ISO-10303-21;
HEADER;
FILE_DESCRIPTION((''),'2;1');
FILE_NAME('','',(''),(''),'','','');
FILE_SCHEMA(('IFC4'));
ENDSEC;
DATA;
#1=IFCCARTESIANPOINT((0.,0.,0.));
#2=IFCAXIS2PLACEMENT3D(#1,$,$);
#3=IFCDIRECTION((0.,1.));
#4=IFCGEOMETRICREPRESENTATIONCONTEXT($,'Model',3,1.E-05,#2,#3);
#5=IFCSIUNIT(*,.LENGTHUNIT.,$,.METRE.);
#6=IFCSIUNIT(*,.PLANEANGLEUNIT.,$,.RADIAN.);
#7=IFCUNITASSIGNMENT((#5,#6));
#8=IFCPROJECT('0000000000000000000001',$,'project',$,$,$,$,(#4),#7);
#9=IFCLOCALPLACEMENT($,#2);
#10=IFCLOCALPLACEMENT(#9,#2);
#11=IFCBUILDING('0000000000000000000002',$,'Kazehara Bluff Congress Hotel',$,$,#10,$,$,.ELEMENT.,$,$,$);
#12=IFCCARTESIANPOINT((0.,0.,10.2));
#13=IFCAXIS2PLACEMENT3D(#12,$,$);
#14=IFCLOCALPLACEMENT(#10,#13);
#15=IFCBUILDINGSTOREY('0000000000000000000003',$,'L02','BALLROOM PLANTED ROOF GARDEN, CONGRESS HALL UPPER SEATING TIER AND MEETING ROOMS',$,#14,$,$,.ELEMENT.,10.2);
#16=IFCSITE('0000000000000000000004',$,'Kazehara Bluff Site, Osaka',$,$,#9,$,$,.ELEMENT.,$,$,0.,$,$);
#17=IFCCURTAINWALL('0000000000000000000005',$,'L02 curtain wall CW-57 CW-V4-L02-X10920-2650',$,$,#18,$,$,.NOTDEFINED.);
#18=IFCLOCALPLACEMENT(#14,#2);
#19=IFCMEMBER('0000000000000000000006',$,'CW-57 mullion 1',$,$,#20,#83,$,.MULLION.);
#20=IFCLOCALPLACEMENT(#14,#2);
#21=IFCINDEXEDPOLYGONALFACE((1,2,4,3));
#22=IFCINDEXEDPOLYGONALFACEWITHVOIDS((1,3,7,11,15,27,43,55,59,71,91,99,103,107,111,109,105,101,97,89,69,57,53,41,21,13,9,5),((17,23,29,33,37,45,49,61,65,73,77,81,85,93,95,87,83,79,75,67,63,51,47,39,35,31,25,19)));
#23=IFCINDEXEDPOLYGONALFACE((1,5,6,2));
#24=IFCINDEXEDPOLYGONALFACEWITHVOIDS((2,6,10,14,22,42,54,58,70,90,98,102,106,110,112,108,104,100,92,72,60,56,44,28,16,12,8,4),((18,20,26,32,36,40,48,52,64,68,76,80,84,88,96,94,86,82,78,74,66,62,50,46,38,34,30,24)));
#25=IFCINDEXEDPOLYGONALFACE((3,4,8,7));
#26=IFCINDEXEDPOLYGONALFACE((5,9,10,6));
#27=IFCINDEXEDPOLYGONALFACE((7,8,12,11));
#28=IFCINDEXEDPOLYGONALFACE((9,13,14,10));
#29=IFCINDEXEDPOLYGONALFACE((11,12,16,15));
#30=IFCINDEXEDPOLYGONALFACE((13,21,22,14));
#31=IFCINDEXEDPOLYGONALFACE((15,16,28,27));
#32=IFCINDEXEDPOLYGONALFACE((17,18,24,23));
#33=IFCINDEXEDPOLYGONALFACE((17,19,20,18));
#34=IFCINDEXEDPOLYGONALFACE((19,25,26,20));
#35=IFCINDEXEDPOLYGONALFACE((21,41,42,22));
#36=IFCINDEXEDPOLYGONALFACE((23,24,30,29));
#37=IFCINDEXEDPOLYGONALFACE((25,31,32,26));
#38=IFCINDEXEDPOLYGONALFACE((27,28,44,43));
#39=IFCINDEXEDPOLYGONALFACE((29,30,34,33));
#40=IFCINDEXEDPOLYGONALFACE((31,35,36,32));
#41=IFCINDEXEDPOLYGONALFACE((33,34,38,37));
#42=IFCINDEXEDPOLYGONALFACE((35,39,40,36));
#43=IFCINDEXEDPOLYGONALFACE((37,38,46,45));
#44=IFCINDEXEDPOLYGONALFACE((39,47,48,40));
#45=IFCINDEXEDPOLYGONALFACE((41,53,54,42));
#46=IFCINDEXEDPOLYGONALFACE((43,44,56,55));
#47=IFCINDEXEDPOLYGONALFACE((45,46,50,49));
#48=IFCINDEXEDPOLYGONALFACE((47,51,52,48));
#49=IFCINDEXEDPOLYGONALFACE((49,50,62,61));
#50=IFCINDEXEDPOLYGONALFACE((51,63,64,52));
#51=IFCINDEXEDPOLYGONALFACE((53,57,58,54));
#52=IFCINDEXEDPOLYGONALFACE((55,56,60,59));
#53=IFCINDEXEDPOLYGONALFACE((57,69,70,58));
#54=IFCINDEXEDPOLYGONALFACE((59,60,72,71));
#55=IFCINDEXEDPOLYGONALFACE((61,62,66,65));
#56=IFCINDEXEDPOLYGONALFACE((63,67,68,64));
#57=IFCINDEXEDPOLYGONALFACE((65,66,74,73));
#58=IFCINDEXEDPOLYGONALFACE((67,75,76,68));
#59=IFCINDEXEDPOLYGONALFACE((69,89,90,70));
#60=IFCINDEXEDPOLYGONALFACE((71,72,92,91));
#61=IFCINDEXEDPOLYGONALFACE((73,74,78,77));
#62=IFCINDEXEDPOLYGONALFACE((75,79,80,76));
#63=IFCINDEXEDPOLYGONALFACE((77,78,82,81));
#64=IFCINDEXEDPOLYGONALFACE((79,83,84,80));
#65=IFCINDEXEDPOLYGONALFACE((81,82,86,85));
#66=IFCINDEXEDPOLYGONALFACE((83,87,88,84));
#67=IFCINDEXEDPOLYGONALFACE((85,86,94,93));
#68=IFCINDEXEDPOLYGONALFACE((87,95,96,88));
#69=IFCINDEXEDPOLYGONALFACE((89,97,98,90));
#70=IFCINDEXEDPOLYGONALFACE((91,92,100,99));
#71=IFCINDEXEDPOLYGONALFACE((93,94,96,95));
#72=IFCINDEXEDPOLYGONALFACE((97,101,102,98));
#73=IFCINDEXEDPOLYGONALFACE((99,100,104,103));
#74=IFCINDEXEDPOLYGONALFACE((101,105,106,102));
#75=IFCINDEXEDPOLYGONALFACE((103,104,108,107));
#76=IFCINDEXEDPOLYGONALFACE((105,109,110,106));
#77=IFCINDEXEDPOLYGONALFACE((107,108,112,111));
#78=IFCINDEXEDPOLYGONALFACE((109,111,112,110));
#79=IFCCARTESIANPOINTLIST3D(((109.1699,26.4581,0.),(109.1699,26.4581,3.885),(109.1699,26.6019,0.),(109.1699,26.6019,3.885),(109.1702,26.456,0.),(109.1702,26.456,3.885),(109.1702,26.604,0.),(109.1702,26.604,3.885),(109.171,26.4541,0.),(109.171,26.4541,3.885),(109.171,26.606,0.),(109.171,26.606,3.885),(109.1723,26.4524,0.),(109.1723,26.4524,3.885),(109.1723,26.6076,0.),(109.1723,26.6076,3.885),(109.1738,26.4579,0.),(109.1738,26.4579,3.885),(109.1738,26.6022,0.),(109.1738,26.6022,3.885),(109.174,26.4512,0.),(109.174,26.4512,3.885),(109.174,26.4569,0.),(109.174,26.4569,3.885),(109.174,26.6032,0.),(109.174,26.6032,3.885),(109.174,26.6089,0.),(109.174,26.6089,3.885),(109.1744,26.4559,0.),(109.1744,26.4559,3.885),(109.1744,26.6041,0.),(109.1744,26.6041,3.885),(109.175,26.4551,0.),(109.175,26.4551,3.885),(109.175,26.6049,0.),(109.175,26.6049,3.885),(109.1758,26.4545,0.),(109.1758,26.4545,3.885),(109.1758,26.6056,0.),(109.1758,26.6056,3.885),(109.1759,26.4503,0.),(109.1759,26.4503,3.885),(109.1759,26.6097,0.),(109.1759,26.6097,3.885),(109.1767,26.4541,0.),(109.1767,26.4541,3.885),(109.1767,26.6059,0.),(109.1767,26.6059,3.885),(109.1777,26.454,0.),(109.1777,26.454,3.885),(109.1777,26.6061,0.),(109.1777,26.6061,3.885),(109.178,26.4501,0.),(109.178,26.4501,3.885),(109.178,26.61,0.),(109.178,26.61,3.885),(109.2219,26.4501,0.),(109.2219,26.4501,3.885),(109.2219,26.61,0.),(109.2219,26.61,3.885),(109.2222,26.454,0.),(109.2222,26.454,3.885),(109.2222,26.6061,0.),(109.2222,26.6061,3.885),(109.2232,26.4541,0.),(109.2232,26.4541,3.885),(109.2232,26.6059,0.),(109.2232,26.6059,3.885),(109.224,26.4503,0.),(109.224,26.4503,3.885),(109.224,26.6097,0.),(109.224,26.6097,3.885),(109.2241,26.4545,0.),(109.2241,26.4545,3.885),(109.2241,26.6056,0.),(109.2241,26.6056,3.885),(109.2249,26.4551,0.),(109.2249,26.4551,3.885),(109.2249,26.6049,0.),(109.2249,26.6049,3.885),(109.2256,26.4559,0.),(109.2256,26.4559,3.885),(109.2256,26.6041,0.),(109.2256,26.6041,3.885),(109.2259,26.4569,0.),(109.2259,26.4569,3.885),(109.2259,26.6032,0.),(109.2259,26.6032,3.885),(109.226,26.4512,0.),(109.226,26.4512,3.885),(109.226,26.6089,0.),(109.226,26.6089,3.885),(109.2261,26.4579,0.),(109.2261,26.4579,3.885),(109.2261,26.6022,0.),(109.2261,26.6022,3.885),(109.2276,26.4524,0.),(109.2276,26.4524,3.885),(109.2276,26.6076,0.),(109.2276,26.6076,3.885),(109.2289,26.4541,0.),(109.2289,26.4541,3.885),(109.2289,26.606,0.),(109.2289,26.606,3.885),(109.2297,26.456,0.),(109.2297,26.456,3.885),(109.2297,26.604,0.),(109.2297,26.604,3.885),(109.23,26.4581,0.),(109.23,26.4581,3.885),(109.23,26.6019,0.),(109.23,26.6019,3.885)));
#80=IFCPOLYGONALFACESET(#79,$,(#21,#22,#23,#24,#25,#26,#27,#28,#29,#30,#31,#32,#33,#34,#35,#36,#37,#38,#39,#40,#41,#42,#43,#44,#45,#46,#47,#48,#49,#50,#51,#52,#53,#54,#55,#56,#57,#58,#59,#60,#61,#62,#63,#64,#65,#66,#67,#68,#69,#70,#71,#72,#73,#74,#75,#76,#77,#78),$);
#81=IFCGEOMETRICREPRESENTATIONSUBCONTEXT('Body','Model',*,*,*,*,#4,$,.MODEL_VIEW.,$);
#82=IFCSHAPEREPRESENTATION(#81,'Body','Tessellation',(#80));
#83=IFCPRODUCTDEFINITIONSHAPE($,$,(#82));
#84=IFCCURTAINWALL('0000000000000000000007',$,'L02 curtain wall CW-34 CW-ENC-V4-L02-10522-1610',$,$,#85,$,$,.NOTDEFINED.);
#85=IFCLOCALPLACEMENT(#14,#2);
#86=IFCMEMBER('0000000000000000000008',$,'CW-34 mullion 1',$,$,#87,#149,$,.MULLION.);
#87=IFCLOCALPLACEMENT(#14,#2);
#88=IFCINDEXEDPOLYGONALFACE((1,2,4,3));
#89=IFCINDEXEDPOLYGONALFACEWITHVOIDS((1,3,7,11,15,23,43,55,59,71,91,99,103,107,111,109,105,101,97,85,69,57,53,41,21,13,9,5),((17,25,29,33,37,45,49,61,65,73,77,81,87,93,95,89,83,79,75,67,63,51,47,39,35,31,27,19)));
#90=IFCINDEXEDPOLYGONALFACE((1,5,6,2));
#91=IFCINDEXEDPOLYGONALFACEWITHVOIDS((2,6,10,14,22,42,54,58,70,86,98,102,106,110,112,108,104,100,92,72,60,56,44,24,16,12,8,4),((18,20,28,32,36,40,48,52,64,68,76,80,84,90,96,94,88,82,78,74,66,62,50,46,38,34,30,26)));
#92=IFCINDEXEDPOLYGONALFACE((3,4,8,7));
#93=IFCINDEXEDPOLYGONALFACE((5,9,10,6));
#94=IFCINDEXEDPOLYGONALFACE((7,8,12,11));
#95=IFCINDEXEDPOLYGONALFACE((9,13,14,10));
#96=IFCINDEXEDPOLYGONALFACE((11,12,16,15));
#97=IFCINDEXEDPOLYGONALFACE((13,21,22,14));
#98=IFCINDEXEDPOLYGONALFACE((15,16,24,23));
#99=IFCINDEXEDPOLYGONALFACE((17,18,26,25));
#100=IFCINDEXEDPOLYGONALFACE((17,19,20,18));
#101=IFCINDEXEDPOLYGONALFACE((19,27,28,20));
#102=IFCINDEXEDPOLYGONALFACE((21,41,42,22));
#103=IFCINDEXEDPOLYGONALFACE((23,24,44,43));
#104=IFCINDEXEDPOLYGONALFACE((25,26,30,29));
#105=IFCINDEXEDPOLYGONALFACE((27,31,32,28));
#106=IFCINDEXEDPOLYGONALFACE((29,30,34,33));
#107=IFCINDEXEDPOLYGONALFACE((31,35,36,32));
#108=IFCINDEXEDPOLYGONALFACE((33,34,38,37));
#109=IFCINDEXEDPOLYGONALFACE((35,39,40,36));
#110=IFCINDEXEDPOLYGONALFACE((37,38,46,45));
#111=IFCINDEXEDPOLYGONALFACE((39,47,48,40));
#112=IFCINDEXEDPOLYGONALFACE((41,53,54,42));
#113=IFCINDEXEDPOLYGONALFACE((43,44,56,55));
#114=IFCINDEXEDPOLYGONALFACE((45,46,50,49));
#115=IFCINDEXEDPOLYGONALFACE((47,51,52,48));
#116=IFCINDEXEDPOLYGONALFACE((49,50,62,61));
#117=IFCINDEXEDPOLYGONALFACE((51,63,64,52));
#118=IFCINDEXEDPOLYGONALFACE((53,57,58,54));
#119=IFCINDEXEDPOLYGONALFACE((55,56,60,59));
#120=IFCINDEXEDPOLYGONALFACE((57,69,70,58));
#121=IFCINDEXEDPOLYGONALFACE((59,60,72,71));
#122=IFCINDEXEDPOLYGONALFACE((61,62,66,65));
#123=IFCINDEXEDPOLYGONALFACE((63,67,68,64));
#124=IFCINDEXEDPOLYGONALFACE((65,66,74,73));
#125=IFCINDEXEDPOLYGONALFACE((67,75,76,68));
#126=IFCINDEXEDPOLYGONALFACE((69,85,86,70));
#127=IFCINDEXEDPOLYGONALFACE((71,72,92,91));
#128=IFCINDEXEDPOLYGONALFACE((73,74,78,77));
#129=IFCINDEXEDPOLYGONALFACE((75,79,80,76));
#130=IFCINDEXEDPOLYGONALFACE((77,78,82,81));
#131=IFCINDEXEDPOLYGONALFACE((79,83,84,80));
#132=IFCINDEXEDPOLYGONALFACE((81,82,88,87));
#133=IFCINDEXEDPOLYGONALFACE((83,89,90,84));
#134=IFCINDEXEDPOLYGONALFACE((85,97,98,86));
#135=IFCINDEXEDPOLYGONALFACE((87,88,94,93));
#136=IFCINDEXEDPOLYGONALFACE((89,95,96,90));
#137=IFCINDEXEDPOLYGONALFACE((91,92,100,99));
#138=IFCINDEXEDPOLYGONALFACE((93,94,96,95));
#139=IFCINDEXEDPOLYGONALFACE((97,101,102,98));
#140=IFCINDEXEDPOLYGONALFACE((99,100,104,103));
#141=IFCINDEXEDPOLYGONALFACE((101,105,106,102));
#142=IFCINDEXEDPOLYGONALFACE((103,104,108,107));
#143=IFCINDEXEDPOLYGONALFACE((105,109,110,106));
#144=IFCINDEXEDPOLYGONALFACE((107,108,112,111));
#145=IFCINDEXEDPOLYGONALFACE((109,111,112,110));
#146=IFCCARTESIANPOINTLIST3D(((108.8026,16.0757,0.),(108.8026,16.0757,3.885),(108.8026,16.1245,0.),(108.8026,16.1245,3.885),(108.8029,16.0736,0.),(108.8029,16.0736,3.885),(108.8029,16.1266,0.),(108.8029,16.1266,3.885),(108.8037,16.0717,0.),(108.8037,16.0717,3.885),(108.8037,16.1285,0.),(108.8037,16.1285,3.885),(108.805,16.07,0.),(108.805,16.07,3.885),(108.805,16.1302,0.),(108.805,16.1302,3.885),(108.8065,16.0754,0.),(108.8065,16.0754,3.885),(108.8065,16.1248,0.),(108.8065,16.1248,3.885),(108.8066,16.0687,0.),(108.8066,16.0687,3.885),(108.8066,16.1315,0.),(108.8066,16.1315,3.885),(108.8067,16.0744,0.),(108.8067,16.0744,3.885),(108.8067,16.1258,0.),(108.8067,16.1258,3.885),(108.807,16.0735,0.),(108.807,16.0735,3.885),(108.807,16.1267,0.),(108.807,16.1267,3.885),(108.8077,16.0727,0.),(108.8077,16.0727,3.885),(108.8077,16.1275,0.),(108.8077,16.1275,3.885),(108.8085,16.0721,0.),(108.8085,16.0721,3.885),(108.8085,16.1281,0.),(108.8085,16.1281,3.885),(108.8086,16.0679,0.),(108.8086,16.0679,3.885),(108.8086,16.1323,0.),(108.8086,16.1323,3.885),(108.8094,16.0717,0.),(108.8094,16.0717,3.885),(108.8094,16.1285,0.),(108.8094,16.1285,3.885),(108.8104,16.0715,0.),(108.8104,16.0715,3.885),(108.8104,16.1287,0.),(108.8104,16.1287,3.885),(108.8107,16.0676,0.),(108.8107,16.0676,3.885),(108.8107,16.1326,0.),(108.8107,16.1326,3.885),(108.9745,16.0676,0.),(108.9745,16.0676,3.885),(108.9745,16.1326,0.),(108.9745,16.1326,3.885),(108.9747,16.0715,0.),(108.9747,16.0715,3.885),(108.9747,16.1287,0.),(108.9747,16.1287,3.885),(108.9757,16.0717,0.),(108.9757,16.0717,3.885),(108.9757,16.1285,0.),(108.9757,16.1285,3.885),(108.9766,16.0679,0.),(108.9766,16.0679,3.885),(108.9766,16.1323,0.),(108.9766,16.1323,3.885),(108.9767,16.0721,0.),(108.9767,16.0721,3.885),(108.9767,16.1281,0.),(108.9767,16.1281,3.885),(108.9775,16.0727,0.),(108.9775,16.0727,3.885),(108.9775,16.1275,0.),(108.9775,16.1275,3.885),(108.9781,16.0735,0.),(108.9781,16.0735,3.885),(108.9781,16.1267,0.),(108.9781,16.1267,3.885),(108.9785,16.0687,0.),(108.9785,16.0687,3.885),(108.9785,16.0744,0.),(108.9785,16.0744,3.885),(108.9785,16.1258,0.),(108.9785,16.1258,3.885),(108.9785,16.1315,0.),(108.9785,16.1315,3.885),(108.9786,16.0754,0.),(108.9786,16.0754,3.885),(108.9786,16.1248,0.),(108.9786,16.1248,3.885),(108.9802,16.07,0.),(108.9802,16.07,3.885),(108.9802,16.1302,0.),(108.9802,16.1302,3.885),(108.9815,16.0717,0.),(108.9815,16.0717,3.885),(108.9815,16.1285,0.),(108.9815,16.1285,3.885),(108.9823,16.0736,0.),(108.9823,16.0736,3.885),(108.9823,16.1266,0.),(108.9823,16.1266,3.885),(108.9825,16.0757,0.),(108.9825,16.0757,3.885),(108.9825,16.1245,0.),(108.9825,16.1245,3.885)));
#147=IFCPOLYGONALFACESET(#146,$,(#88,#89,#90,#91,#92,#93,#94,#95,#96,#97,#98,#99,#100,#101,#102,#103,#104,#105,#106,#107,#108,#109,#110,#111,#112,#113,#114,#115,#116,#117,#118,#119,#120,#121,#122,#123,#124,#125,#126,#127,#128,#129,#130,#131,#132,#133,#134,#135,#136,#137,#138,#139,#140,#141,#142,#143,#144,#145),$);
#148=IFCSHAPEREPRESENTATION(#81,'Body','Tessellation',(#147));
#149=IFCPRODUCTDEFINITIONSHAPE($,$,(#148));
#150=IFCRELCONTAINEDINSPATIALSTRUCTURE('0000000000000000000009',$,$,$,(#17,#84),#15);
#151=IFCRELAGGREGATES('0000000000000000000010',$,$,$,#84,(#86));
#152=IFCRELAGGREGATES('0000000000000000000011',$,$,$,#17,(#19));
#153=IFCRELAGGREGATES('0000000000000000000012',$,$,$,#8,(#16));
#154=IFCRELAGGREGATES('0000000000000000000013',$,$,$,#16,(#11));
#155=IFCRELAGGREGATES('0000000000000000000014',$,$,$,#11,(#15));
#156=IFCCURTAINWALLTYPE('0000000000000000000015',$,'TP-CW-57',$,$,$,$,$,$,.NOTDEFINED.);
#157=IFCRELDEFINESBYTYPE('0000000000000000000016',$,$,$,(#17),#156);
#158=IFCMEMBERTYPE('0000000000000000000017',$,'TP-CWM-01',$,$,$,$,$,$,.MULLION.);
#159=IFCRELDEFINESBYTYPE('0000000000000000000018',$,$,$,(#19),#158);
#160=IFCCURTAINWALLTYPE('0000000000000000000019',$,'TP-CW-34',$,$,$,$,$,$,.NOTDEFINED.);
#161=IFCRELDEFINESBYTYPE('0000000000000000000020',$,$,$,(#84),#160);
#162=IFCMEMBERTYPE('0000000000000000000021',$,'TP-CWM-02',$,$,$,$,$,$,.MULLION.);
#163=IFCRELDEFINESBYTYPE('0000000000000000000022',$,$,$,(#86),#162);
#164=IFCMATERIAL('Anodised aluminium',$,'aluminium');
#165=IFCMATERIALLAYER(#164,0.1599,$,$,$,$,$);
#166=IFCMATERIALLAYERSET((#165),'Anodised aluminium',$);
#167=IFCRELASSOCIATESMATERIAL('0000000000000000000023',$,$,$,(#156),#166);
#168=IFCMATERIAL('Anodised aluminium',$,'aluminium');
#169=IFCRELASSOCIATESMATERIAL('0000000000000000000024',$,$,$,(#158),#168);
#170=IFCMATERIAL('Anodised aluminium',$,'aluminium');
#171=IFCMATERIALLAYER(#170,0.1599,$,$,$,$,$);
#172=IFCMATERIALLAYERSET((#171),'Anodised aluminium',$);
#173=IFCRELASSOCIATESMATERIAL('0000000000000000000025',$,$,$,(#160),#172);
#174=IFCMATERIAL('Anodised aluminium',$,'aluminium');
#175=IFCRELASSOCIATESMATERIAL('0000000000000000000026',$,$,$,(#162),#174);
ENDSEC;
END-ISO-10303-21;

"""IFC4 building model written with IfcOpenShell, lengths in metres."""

from ifc_helpers import new_model, si_unit, direction, frame, origin, origin_2d, place, context, subcontext, project, spatial, hollow_rectangle, extrude, material, layer, layer_set, material_profile, profile_set, type_object, element, aggregate, save


model = new_model("IFC4")

# Units and contexts
model_context = context("Model", 3, precision=1e-05, world=origin(), true_north=direction((0.0, 1.0)))
body_context = subcontext(model_context, "Body", "Model", "MODEL_VIEW")
ifc_project = project(units=[si_unit("LENGTHUNIT", "METRE"), si_unit("PLANEANGLEUNIT", "RADIAN")], contexts=[model_context])

# Site, building, storey
site_placement = place(None, origin())
site = spatial("IfcSite", under=ifc_project, at=site_placement, Name="Kazehara Bluff Site, Osaka", CompositionType="ELEMENT", RefElevation=0.0)
building_placement = place(site_placement, origin())
building = spatial("IfcBuilding", under=site, at=building_placement, Name="Kazehara Bluff Congress Hotel", CompositionType="ELEMENT")
storey_placement = place(building_placement, frame((0.0, 0.0, 10.2)))
storey = spatial("IfcBuildingStorey", under=building, at=storey_placement, Name="L02", Description="BALLROOM PLANTED ROOF GARDEN, CONGRESS HALL UPPER SEATING TIER AND MEETING ROOMS", CompositionType="ELEMENT", Elevation=10.2)

# Curtain walls, members
ifc_material_1 = material(Name="Anodised aluminium", Category="aluminium")
ifc_layer_1 = layer(ifc_material_1, 0.1599)
ifc_layer_set_1 = layer_set([ifc_layer_1], Name="Anodised aluminium")
curtain_wall_type_1 = type_object("IfcCurtainWallType", Name="TP-CW-57", PredefinedType="NOTDEFINED", material=ifc_layer_set_1)
curtain_wall_1_placement = place(storey_placement, origin())
curtain_wall_1 = element("IfcCurtainWall", 1, at=curtain_wall_1_placement, inside=storey, type_object=curtain_wall_type_1, Name="L02 curtain wall CW-57 CW-V4-L02-X10920-2650", PredefinedType="NOTDEFINED")
ifc_material_2 = material(Name="Anodised aluminium", Category="aluminium")
ifc_material_profile_1 = material_profile(ifc_material_2, hollow_rectangle(XDim=0.0601, YDim=0.1599, WallThickness=0.0039, InnerFilletRadius=0.0039, OuterFilletRadius=0.0081, at=origin_2d()))
ifc_profile_set_1 = profile_set([ifc_material_profile_1], Name="Anodised aluminium")
member_type_1 = type_object("IfcMemberType", Name="TP-CWM-01", PredefinedType="MULLION", material=ifc_profile_set_1)
member_1_placement = place(storey_placement, frame((109.2, 26.53, 0.0), z_axis=(0.0, 0.0, 1.0), x_axis=(-1.0, 0.0, 0.0)))
member_1 = element("IfcMember", 2, at=member_1_placement, type_object=member_type_1, Name="CW-57 mullion 1", PredefinedType="MULLION", context=body_context, shape_type="SweptSolid", body=[
    extrude(hollow_rectangle(XDim=0.0601, YDim=0.1599, WallThickness=0.0039, InnerFilletRadius=0.0039, OuterFilletRadius=0.0081, at=origin_2d()), origin(), (0.0, 0.0, 1.0), 3.885),
])
ifc_material_3 = material(Name="Anodised aluminium", Category="aluminium")
ifc_layer_2 = layer(ifc_material_3, 0.1599)
ifc_layer_set_2 = layer_set([ifc_layer_2], Name="Anodised aluminium")
curtain_wall_type_2 = type_object("IfcCurtainWallType", Name="TP-CW-34", PredefinedType="NOTDEFINED", material=ifc_layer_set_2)
curtain_wall_2_placement = place(storey_placement, origin())
curtain_wall_2 = element("IfcCurtainWall", 3, at=curtain_wall_2_placement, inside=storey, type_object=curtain_wall_type_2, Name="L02 curtain wall CW-34 CW-ENC-V4-L02-10522-1610", PredefinedType="NOTDEFINED")
ifc_material_4 = material(Name="Anodised aluminium", Category="aluminium")
ifc_material_profile_2 = material_profile(ifc_material_4, hollow_rectangle(XDim=0.0649, YDim=0.1799, WallThickness=0.0039, InnerFilletRadius=0.0039, OuterFilletRadius=0.0081, at=origin_2d()))
ifc_profile_set_2 = profile_set([ifc_material_profile_2], Name="Anodised aluminium")
member_type_2 = type_object("IfcMemberType", Name="TP-CWM-02", PredefinedType="MULLION", material=ifc_profile_set_2)
member_2_placement = place(storey_placement, frame((108.8926, 16.1001, 0.0), z_axis=(0.0, 0.0, 1.0), x_axis=(0.0, -1.0, 0.0)))
member_2 = element("IfcMember", 4, at=member_2_placement, type_object=member_type_2, Name="CW-34 mullion 1", PredefinedType="MULLION", context=body_context, shape_type="SweptSolid", body=[
    extrude(hollow_rectangle(XDim=0.0649, YDim=0.1799, WallThickness=0.0039, InnerFilletRadius=0.0039, OuterFilletRadius=0.0081, at=origin_2d()), origin(), (0.0, 0.0, 1.0), 3.885),
])

aggregate(curtain_wall_2, [member_2])

aggregate(curtain_wall_1, [member_1])

save(model, "model.ifc")
